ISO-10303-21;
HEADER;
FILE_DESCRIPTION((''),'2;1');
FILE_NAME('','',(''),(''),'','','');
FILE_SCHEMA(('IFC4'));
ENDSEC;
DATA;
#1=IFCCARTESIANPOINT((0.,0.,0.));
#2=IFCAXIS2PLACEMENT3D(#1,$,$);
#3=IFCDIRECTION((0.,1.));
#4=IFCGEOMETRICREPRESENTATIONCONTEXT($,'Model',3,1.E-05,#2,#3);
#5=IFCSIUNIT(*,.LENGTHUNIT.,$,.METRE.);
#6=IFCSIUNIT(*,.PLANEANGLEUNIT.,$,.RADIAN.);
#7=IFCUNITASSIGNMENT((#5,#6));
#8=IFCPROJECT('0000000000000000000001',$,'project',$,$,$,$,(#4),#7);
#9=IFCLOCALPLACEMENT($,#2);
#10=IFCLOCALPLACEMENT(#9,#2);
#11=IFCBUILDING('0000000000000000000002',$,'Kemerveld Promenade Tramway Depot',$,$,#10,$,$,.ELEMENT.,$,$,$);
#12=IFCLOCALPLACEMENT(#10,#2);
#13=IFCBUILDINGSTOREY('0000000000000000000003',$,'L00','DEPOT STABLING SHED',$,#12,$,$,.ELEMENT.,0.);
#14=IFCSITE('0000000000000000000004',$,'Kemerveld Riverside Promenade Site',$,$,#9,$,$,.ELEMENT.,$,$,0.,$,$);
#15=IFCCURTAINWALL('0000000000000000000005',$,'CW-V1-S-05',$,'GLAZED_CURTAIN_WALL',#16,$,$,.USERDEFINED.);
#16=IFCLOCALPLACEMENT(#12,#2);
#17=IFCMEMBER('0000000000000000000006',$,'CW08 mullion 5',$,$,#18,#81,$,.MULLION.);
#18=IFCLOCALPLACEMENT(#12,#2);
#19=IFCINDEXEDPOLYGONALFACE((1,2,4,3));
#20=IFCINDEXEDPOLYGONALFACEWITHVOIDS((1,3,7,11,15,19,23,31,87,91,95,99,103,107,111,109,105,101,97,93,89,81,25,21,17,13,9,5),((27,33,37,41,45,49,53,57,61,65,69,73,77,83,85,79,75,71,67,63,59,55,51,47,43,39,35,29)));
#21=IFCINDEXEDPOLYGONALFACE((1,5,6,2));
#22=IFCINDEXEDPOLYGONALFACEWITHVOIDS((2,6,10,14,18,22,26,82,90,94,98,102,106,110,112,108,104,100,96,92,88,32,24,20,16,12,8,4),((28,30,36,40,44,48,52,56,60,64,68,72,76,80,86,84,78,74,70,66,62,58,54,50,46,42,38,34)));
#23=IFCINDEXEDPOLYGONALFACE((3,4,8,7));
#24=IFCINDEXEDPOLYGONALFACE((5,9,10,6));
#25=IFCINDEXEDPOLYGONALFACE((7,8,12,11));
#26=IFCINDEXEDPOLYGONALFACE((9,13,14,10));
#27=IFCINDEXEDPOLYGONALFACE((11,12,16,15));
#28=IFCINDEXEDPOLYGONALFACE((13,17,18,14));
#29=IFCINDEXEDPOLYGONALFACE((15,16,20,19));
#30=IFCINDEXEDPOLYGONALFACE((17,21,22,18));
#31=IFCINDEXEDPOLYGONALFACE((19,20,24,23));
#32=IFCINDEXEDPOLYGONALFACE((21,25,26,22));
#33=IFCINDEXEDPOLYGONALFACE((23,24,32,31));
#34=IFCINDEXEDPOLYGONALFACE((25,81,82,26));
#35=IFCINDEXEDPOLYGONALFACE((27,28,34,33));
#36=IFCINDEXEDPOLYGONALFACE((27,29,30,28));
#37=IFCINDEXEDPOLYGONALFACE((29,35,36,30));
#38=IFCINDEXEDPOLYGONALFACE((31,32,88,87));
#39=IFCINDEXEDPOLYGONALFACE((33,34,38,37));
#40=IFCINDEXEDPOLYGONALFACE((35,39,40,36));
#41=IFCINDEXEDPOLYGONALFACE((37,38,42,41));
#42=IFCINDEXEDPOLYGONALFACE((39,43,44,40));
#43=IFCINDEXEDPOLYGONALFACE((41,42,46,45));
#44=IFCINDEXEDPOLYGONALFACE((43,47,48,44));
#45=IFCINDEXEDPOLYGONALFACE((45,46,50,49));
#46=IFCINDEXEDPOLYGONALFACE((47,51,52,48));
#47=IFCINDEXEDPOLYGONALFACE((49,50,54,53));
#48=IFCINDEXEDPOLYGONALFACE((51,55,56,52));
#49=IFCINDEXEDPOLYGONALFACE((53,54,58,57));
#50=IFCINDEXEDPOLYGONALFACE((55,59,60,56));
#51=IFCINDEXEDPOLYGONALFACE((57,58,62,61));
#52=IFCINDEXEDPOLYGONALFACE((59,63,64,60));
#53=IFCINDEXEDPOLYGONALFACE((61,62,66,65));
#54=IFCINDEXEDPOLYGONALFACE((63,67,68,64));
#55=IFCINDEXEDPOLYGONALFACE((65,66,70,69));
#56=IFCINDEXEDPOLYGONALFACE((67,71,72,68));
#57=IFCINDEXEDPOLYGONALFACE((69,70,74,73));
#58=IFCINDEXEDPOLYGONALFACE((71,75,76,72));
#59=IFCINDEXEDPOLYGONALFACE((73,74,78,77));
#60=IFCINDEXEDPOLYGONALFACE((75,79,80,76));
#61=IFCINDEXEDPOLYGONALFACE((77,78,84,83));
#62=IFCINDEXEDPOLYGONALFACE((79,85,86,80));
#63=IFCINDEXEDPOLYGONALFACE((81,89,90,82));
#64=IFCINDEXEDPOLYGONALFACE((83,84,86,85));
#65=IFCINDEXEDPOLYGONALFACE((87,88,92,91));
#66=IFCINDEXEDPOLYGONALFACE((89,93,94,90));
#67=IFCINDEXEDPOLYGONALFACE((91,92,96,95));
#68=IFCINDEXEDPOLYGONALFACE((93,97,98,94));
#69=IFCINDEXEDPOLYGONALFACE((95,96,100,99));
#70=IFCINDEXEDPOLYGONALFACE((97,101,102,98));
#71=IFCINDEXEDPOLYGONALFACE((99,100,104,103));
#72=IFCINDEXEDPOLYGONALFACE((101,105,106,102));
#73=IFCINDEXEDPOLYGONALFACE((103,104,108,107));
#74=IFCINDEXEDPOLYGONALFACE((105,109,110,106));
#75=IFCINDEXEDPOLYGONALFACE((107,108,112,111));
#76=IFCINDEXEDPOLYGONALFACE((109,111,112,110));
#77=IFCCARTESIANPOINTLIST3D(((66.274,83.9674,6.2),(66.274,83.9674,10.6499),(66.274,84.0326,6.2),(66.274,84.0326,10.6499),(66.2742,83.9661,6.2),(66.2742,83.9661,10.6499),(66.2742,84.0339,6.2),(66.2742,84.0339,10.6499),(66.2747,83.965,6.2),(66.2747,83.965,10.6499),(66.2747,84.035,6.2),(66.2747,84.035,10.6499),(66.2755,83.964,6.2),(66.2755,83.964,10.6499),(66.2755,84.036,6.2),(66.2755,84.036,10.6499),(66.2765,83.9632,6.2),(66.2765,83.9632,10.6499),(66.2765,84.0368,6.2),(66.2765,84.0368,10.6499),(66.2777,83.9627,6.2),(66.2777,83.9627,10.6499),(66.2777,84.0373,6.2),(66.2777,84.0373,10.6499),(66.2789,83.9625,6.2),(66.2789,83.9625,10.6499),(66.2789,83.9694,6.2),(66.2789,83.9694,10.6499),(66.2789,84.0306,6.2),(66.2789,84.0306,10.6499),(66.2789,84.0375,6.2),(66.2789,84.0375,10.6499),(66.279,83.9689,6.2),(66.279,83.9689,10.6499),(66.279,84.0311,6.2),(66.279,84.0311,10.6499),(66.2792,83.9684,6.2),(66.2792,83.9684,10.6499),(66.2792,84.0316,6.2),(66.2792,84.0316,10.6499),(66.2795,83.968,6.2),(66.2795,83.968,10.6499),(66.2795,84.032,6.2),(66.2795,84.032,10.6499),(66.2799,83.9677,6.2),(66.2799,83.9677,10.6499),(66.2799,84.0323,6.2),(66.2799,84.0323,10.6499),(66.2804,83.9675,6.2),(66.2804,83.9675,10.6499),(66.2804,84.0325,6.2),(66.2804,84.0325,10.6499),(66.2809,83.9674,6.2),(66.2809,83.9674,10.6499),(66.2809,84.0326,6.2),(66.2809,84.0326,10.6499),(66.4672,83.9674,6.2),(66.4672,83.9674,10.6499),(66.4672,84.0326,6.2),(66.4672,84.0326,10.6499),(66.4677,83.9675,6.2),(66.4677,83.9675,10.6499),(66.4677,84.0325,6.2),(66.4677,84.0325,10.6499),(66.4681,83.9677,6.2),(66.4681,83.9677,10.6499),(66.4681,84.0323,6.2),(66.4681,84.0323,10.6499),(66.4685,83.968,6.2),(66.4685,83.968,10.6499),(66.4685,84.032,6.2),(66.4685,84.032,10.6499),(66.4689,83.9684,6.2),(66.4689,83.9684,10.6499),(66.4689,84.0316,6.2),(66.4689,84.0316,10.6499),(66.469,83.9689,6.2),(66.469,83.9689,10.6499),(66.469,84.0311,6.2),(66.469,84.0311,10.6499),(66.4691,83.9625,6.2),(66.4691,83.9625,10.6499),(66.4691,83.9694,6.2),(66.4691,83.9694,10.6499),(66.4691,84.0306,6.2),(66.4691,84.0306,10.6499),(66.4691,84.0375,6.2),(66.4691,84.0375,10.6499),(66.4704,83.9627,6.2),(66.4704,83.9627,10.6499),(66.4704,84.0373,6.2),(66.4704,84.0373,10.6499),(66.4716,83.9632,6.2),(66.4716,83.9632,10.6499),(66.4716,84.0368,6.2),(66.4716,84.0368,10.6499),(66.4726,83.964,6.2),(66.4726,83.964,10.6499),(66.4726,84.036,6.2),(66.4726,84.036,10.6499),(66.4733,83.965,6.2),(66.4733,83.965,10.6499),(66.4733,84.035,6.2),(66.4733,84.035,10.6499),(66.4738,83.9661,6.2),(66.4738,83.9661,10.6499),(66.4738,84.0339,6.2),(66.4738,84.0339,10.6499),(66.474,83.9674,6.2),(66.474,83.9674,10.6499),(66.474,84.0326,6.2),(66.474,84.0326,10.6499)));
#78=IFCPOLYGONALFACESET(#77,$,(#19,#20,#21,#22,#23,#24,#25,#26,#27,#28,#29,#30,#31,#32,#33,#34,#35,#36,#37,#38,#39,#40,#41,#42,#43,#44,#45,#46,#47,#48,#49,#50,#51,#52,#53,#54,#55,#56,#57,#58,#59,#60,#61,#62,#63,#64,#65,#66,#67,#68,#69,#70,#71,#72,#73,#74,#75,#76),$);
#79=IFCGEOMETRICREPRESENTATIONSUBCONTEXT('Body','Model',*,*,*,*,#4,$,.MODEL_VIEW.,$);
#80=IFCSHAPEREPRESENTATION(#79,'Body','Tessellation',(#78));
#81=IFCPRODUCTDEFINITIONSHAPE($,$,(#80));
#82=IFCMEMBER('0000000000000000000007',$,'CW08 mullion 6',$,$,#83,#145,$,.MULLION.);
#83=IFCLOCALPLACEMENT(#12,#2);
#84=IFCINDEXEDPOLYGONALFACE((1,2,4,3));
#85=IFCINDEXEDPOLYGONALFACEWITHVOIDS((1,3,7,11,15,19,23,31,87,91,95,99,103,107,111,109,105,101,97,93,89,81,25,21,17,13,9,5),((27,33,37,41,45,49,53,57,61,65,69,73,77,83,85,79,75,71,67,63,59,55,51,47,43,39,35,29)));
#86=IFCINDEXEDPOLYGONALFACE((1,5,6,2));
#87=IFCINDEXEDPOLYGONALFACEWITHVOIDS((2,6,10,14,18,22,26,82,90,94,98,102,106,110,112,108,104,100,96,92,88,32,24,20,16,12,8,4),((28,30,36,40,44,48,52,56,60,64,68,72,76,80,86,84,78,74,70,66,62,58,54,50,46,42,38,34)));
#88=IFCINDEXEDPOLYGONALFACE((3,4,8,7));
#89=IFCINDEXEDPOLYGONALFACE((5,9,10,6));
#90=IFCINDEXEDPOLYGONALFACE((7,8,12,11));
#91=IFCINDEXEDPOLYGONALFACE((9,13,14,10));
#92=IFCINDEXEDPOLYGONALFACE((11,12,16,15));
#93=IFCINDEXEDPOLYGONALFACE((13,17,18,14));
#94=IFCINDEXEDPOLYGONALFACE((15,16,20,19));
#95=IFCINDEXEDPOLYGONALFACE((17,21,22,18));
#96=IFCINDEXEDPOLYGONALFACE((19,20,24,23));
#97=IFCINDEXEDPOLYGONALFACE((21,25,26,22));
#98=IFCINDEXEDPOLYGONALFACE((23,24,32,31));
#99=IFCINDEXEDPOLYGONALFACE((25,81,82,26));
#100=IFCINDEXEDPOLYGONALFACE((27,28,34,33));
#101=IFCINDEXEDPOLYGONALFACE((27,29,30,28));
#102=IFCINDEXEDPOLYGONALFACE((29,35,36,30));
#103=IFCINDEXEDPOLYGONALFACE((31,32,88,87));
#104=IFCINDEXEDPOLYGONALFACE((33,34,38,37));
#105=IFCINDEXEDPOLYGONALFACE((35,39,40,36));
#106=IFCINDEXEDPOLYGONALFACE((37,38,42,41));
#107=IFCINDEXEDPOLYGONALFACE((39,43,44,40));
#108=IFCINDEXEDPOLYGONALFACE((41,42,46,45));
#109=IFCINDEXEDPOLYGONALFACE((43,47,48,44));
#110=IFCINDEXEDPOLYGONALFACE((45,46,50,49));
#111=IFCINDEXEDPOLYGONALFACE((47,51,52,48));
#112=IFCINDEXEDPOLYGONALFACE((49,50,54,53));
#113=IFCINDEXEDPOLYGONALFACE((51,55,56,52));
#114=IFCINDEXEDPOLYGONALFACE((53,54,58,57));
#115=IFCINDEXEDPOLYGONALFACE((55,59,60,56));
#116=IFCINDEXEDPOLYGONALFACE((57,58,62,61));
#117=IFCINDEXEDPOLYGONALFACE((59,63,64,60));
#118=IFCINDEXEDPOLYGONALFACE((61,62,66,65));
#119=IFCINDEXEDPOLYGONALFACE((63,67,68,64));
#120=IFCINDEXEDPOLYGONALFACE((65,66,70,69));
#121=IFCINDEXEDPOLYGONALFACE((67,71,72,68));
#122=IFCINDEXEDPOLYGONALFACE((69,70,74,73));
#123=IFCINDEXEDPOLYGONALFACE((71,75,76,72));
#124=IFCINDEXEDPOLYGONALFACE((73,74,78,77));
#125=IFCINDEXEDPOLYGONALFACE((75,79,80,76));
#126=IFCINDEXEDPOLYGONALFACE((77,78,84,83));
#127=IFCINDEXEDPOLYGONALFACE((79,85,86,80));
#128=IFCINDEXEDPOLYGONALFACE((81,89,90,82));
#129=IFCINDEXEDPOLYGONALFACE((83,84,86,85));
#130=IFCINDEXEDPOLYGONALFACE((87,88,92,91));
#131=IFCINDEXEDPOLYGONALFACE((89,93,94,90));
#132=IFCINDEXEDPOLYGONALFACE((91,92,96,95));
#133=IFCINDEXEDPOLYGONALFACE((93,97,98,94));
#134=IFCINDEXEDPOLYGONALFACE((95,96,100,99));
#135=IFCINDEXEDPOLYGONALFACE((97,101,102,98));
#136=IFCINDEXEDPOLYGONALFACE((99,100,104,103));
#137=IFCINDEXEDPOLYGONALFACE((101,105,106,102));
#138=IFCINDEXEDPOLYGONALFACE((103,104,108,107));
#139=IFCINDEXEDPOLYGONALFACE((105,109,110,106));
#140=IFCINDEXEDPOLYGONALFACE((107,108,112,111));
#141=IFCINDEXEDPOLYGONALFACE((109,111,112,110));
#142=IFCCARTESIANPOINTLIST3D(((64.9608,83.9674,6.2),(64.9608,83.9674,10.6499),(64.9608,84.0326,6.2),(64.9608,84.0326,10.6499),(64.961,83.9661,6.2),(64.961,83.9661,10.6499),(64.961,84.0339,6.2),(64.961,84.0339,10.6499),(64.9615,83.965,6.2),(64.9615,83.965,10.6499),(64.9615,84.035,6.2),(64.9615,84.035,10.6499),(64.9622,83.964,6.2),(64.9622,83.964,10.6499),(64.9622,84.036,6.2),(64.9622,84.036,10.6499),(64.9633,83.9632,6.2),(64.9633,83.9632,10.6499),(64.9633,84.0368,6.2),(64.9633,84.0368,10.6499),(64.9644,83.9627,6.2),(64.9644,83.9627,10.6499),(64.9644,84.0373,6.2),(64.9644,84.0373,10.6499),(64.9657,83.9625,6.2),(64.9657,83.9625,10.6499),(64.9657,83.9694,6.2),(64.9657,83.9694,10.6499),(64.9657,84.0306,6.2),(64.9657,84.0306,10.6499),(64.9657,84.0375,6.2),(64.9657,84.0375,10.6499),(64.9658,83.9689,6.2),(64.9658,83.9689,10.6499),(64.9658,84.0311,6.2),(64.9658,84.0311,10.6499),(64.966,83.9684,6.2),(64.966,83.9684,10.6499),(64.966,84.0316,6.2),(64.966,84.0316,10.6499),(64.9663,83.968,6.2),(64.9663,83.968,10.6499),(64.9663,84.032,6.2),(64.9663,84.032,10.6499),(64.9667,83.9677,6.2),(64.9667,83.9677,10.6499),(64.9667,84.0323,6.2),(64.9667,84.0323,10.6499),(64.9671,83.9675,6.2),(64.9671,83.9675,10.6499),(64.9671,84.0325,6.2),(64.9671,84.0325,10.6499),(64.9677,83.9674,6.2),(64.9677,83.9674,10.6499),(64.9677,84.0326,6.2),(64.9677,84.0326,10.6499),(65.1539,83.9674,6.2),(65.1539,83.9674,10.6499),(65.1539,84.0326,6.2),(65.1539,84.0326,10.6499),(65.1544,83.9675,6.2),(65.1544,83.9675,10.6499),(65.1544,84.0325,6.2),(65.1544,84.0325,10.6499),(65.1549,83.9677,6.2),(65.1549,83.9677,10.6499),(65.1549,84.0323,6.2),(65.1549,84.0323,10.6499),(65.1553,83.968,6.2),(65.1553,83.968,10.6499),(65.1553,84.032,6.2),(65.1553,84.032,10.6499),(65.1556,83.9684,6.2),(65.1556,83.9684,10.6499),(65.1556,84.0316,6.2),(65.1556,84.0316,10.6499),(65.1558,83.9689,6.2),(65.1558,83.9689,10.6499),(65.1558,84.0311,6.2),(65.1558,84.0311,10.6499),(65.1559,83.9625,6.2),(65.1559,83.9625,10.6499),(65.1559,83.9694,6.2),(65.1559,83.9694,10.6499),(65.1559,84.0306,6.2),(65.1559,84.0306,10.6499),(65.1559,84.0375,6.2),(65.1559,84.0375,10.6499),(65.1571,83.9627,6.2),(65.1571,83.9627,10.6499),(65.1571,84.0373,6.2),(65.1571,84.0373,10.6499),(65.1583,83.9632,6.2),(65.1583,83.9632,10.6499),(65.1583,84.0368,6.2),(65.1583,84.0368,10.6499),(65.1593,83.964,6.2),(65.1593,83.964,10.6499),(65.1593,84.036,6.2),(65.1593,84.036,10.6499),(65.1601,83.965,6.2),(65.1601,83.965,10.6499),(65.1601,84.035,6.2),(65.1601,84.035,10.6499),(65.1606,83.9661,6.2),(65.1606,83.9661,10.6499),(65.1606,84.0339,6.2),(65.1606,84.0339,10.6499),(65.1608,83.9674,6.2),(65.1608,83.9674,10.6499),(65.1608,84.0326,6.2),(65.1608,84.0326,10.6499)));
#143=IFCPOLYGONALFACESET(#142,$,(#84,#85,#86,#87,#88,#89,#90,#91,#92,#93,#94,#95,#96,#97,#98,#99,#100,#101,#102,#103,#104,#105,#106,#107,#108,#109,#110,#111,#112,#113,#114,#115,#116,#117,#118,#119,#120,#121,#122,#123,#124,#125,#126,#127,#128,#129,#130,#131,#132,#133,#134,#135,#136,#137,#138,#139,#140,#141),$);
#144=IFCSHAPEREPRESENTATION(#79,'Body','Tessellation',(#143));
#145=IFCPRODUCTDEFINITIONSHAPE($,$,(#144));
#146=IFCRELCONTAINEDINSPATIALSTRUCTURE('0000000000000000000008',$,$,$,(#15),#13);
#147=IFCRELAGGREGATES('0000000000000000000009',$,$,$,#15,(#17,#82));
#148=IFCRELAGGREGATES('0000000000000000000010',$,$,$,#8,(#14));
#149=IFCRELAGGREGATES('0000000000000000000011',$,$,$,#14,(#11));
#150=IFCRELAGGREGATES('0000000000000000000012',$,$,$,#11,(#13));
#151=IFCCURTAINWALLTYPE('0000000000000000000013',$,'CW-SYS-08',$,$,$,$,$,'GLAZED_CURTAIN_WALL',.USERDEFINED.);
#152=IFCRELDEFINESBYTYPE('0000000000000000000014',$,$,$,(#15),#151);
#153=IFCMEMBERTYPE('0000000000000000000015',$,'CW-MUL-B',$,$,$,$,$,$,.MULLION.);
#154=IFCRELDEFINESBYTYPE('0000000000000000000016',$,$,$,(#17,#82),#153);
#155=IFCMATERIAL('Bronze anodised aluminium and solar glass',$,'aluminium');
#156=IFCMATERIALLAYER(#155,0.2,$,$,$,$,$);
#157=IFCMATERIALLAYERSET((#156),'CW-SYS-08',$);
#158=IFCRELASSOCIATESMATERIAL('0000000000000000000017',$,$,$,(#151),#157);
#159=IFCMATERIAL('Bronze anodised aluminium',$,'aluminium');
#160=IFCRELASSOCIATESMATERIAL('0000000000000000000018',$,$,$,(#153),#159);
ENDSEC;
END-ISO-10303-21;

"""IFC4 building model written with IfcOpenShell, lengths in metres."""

from ifc_helpers import new_model, si_unit, direction, frame, origin, origin_2d, place, context, subcontext, project, spatial, hollow_rectangle, extrude, material, layer, layer_set, material_profile, profile_set, type_object, element, aggregate, save


model = new_model("IFC4")

# Units and contexts
model_context = context("Model", 3, precision=1e-05, world=origin(), true_north=direction((0.0, 1.0)))
body_context = subcontext(model_context, "Body", "Model", "MODEL_VIEW")
ifc_project = project(units=[si_unit("LENGTHUNIT", "METRE"), si_unit("PLANEANGLEUNIT", "RADIAN")], contexts=[model_context])

# Site, building, storey
site_placement = place(None, origin())
site = spatial("IfcSite", under=ifc_project, at=site_placement, Name="Kemerveld Riverside Promenade Site", CompositionType="ELEMENT", RefElevation=0.0)
building_placement = place(site_placement, origin())
building = spatial("IfcBuilding", under=site, at=building_placement, Name="Kemerveld Promenade Tramway Depot", CompositionType="ELEMENT")
storey_placement = place(building_placement, origin())
storey = spatial("IfcBuildingStorey", under=building, at=storey_placement, Name="L00", Description="DEPOT STABLING SHED", CompositionType="ELEMENT", Elevation=0.0)

# Curtain wall, members
ifc_material_1 = material(Name="Bronze anodised aluminium and solar glass", Category="aluminium")
ifc_material_2 = material(Name="Bronze anodised aluminium", Category="aluminium")
ifc_layer_1 = layer(ifc_material_1, 0.2)
ifc_layer_set_1 = layer_set([ifc_layer_1], Name="CW-SYS-08")
curtain_wall_type_1 = type_object("IfcCurtainWallType", Name="CW-SYS-08", ElementType="GLAZED_CURTAIN_WALL", PredefinedType="USERDEFINED", material=ifc_layer_set_1)
curtain_wall_1_placement = place(storey_placement, origin())
curtain_wall_1 = element("IfcCurtainWall", 1, at=curtain_wall_1_placement, inside=storey, type_object=curtain_wall_type_1, Name="CW-V1-S-05", ObjectType="GLAZED_CURTAIN_WALL", PredefinedType="USERDEFINED")
ifc_material_profile_1 = material_profile(ifc_material_2, hollow_rectangle(XDim=0.075, YDim=0.2, WallThickness=0.0049, InnerFilletRadius=0.002, OuterFilletRadius=0.0049, at=origin_2d()), Name="CW-MUL-200x75")
ifc_profile_set_1 = profile_set([ifc_material_profile_1], Name="Bronze anodised aluminium")
member_type_1 = type_object("IfcMemberType", Name="CW-MUL-B", PredefinedType="MULLION", material=ifc_profile_set_1)
member_1_placement = place(storey_placement, frame((66.374, 84.0, 6.2), z_axis=(0.0, 0.0, 1.0), x_axis=(0.0, -1.0, 0.0)))
member_1 = element("IfcMember", 2, at=member_1_placement, type_object=member_type_1, Name="CW08 mullion 5", PredefinedType="MULLION", context=body_context, shape_type="SweptSolid", body=[
    extrude(hollow_rectangle(XDim=0.075, YDim=0.2, WallThickness=0.0049, InnerFilletRadius=0.002, OuterFilletRadius=0.0049, at=origin_2d()), origin(), (0.0, 0.0, 1.0), 4.45),
])
member_2_placement = place(storey_placement, frame((65.0608, 84.0, 6.2), z_axis=(0.0, 0.0, 1.0), x_axis=(0.0, -1.0, 0.0)))
member_2 = element("IfcMember", 3, at=member_2_placement, type_object=member_type_1, Name="CW08 mullion 6", PredefinedType="MULLION", context=body_context, shape_type="SweptSolid", body=[
    extrude(hollow_rectangle(XDim=0.075, YDim=0.2, WallThickness=0.0049, InnerFilletRadius=0.002, OuterFilletRadius=0.0049, at=origin_2d()), origin(), (0.0, 0.0, 1.0), 4.45),
])

aggregate(curtain_wall_1, [member_1, member_2])

save(model, "model.ifc")
